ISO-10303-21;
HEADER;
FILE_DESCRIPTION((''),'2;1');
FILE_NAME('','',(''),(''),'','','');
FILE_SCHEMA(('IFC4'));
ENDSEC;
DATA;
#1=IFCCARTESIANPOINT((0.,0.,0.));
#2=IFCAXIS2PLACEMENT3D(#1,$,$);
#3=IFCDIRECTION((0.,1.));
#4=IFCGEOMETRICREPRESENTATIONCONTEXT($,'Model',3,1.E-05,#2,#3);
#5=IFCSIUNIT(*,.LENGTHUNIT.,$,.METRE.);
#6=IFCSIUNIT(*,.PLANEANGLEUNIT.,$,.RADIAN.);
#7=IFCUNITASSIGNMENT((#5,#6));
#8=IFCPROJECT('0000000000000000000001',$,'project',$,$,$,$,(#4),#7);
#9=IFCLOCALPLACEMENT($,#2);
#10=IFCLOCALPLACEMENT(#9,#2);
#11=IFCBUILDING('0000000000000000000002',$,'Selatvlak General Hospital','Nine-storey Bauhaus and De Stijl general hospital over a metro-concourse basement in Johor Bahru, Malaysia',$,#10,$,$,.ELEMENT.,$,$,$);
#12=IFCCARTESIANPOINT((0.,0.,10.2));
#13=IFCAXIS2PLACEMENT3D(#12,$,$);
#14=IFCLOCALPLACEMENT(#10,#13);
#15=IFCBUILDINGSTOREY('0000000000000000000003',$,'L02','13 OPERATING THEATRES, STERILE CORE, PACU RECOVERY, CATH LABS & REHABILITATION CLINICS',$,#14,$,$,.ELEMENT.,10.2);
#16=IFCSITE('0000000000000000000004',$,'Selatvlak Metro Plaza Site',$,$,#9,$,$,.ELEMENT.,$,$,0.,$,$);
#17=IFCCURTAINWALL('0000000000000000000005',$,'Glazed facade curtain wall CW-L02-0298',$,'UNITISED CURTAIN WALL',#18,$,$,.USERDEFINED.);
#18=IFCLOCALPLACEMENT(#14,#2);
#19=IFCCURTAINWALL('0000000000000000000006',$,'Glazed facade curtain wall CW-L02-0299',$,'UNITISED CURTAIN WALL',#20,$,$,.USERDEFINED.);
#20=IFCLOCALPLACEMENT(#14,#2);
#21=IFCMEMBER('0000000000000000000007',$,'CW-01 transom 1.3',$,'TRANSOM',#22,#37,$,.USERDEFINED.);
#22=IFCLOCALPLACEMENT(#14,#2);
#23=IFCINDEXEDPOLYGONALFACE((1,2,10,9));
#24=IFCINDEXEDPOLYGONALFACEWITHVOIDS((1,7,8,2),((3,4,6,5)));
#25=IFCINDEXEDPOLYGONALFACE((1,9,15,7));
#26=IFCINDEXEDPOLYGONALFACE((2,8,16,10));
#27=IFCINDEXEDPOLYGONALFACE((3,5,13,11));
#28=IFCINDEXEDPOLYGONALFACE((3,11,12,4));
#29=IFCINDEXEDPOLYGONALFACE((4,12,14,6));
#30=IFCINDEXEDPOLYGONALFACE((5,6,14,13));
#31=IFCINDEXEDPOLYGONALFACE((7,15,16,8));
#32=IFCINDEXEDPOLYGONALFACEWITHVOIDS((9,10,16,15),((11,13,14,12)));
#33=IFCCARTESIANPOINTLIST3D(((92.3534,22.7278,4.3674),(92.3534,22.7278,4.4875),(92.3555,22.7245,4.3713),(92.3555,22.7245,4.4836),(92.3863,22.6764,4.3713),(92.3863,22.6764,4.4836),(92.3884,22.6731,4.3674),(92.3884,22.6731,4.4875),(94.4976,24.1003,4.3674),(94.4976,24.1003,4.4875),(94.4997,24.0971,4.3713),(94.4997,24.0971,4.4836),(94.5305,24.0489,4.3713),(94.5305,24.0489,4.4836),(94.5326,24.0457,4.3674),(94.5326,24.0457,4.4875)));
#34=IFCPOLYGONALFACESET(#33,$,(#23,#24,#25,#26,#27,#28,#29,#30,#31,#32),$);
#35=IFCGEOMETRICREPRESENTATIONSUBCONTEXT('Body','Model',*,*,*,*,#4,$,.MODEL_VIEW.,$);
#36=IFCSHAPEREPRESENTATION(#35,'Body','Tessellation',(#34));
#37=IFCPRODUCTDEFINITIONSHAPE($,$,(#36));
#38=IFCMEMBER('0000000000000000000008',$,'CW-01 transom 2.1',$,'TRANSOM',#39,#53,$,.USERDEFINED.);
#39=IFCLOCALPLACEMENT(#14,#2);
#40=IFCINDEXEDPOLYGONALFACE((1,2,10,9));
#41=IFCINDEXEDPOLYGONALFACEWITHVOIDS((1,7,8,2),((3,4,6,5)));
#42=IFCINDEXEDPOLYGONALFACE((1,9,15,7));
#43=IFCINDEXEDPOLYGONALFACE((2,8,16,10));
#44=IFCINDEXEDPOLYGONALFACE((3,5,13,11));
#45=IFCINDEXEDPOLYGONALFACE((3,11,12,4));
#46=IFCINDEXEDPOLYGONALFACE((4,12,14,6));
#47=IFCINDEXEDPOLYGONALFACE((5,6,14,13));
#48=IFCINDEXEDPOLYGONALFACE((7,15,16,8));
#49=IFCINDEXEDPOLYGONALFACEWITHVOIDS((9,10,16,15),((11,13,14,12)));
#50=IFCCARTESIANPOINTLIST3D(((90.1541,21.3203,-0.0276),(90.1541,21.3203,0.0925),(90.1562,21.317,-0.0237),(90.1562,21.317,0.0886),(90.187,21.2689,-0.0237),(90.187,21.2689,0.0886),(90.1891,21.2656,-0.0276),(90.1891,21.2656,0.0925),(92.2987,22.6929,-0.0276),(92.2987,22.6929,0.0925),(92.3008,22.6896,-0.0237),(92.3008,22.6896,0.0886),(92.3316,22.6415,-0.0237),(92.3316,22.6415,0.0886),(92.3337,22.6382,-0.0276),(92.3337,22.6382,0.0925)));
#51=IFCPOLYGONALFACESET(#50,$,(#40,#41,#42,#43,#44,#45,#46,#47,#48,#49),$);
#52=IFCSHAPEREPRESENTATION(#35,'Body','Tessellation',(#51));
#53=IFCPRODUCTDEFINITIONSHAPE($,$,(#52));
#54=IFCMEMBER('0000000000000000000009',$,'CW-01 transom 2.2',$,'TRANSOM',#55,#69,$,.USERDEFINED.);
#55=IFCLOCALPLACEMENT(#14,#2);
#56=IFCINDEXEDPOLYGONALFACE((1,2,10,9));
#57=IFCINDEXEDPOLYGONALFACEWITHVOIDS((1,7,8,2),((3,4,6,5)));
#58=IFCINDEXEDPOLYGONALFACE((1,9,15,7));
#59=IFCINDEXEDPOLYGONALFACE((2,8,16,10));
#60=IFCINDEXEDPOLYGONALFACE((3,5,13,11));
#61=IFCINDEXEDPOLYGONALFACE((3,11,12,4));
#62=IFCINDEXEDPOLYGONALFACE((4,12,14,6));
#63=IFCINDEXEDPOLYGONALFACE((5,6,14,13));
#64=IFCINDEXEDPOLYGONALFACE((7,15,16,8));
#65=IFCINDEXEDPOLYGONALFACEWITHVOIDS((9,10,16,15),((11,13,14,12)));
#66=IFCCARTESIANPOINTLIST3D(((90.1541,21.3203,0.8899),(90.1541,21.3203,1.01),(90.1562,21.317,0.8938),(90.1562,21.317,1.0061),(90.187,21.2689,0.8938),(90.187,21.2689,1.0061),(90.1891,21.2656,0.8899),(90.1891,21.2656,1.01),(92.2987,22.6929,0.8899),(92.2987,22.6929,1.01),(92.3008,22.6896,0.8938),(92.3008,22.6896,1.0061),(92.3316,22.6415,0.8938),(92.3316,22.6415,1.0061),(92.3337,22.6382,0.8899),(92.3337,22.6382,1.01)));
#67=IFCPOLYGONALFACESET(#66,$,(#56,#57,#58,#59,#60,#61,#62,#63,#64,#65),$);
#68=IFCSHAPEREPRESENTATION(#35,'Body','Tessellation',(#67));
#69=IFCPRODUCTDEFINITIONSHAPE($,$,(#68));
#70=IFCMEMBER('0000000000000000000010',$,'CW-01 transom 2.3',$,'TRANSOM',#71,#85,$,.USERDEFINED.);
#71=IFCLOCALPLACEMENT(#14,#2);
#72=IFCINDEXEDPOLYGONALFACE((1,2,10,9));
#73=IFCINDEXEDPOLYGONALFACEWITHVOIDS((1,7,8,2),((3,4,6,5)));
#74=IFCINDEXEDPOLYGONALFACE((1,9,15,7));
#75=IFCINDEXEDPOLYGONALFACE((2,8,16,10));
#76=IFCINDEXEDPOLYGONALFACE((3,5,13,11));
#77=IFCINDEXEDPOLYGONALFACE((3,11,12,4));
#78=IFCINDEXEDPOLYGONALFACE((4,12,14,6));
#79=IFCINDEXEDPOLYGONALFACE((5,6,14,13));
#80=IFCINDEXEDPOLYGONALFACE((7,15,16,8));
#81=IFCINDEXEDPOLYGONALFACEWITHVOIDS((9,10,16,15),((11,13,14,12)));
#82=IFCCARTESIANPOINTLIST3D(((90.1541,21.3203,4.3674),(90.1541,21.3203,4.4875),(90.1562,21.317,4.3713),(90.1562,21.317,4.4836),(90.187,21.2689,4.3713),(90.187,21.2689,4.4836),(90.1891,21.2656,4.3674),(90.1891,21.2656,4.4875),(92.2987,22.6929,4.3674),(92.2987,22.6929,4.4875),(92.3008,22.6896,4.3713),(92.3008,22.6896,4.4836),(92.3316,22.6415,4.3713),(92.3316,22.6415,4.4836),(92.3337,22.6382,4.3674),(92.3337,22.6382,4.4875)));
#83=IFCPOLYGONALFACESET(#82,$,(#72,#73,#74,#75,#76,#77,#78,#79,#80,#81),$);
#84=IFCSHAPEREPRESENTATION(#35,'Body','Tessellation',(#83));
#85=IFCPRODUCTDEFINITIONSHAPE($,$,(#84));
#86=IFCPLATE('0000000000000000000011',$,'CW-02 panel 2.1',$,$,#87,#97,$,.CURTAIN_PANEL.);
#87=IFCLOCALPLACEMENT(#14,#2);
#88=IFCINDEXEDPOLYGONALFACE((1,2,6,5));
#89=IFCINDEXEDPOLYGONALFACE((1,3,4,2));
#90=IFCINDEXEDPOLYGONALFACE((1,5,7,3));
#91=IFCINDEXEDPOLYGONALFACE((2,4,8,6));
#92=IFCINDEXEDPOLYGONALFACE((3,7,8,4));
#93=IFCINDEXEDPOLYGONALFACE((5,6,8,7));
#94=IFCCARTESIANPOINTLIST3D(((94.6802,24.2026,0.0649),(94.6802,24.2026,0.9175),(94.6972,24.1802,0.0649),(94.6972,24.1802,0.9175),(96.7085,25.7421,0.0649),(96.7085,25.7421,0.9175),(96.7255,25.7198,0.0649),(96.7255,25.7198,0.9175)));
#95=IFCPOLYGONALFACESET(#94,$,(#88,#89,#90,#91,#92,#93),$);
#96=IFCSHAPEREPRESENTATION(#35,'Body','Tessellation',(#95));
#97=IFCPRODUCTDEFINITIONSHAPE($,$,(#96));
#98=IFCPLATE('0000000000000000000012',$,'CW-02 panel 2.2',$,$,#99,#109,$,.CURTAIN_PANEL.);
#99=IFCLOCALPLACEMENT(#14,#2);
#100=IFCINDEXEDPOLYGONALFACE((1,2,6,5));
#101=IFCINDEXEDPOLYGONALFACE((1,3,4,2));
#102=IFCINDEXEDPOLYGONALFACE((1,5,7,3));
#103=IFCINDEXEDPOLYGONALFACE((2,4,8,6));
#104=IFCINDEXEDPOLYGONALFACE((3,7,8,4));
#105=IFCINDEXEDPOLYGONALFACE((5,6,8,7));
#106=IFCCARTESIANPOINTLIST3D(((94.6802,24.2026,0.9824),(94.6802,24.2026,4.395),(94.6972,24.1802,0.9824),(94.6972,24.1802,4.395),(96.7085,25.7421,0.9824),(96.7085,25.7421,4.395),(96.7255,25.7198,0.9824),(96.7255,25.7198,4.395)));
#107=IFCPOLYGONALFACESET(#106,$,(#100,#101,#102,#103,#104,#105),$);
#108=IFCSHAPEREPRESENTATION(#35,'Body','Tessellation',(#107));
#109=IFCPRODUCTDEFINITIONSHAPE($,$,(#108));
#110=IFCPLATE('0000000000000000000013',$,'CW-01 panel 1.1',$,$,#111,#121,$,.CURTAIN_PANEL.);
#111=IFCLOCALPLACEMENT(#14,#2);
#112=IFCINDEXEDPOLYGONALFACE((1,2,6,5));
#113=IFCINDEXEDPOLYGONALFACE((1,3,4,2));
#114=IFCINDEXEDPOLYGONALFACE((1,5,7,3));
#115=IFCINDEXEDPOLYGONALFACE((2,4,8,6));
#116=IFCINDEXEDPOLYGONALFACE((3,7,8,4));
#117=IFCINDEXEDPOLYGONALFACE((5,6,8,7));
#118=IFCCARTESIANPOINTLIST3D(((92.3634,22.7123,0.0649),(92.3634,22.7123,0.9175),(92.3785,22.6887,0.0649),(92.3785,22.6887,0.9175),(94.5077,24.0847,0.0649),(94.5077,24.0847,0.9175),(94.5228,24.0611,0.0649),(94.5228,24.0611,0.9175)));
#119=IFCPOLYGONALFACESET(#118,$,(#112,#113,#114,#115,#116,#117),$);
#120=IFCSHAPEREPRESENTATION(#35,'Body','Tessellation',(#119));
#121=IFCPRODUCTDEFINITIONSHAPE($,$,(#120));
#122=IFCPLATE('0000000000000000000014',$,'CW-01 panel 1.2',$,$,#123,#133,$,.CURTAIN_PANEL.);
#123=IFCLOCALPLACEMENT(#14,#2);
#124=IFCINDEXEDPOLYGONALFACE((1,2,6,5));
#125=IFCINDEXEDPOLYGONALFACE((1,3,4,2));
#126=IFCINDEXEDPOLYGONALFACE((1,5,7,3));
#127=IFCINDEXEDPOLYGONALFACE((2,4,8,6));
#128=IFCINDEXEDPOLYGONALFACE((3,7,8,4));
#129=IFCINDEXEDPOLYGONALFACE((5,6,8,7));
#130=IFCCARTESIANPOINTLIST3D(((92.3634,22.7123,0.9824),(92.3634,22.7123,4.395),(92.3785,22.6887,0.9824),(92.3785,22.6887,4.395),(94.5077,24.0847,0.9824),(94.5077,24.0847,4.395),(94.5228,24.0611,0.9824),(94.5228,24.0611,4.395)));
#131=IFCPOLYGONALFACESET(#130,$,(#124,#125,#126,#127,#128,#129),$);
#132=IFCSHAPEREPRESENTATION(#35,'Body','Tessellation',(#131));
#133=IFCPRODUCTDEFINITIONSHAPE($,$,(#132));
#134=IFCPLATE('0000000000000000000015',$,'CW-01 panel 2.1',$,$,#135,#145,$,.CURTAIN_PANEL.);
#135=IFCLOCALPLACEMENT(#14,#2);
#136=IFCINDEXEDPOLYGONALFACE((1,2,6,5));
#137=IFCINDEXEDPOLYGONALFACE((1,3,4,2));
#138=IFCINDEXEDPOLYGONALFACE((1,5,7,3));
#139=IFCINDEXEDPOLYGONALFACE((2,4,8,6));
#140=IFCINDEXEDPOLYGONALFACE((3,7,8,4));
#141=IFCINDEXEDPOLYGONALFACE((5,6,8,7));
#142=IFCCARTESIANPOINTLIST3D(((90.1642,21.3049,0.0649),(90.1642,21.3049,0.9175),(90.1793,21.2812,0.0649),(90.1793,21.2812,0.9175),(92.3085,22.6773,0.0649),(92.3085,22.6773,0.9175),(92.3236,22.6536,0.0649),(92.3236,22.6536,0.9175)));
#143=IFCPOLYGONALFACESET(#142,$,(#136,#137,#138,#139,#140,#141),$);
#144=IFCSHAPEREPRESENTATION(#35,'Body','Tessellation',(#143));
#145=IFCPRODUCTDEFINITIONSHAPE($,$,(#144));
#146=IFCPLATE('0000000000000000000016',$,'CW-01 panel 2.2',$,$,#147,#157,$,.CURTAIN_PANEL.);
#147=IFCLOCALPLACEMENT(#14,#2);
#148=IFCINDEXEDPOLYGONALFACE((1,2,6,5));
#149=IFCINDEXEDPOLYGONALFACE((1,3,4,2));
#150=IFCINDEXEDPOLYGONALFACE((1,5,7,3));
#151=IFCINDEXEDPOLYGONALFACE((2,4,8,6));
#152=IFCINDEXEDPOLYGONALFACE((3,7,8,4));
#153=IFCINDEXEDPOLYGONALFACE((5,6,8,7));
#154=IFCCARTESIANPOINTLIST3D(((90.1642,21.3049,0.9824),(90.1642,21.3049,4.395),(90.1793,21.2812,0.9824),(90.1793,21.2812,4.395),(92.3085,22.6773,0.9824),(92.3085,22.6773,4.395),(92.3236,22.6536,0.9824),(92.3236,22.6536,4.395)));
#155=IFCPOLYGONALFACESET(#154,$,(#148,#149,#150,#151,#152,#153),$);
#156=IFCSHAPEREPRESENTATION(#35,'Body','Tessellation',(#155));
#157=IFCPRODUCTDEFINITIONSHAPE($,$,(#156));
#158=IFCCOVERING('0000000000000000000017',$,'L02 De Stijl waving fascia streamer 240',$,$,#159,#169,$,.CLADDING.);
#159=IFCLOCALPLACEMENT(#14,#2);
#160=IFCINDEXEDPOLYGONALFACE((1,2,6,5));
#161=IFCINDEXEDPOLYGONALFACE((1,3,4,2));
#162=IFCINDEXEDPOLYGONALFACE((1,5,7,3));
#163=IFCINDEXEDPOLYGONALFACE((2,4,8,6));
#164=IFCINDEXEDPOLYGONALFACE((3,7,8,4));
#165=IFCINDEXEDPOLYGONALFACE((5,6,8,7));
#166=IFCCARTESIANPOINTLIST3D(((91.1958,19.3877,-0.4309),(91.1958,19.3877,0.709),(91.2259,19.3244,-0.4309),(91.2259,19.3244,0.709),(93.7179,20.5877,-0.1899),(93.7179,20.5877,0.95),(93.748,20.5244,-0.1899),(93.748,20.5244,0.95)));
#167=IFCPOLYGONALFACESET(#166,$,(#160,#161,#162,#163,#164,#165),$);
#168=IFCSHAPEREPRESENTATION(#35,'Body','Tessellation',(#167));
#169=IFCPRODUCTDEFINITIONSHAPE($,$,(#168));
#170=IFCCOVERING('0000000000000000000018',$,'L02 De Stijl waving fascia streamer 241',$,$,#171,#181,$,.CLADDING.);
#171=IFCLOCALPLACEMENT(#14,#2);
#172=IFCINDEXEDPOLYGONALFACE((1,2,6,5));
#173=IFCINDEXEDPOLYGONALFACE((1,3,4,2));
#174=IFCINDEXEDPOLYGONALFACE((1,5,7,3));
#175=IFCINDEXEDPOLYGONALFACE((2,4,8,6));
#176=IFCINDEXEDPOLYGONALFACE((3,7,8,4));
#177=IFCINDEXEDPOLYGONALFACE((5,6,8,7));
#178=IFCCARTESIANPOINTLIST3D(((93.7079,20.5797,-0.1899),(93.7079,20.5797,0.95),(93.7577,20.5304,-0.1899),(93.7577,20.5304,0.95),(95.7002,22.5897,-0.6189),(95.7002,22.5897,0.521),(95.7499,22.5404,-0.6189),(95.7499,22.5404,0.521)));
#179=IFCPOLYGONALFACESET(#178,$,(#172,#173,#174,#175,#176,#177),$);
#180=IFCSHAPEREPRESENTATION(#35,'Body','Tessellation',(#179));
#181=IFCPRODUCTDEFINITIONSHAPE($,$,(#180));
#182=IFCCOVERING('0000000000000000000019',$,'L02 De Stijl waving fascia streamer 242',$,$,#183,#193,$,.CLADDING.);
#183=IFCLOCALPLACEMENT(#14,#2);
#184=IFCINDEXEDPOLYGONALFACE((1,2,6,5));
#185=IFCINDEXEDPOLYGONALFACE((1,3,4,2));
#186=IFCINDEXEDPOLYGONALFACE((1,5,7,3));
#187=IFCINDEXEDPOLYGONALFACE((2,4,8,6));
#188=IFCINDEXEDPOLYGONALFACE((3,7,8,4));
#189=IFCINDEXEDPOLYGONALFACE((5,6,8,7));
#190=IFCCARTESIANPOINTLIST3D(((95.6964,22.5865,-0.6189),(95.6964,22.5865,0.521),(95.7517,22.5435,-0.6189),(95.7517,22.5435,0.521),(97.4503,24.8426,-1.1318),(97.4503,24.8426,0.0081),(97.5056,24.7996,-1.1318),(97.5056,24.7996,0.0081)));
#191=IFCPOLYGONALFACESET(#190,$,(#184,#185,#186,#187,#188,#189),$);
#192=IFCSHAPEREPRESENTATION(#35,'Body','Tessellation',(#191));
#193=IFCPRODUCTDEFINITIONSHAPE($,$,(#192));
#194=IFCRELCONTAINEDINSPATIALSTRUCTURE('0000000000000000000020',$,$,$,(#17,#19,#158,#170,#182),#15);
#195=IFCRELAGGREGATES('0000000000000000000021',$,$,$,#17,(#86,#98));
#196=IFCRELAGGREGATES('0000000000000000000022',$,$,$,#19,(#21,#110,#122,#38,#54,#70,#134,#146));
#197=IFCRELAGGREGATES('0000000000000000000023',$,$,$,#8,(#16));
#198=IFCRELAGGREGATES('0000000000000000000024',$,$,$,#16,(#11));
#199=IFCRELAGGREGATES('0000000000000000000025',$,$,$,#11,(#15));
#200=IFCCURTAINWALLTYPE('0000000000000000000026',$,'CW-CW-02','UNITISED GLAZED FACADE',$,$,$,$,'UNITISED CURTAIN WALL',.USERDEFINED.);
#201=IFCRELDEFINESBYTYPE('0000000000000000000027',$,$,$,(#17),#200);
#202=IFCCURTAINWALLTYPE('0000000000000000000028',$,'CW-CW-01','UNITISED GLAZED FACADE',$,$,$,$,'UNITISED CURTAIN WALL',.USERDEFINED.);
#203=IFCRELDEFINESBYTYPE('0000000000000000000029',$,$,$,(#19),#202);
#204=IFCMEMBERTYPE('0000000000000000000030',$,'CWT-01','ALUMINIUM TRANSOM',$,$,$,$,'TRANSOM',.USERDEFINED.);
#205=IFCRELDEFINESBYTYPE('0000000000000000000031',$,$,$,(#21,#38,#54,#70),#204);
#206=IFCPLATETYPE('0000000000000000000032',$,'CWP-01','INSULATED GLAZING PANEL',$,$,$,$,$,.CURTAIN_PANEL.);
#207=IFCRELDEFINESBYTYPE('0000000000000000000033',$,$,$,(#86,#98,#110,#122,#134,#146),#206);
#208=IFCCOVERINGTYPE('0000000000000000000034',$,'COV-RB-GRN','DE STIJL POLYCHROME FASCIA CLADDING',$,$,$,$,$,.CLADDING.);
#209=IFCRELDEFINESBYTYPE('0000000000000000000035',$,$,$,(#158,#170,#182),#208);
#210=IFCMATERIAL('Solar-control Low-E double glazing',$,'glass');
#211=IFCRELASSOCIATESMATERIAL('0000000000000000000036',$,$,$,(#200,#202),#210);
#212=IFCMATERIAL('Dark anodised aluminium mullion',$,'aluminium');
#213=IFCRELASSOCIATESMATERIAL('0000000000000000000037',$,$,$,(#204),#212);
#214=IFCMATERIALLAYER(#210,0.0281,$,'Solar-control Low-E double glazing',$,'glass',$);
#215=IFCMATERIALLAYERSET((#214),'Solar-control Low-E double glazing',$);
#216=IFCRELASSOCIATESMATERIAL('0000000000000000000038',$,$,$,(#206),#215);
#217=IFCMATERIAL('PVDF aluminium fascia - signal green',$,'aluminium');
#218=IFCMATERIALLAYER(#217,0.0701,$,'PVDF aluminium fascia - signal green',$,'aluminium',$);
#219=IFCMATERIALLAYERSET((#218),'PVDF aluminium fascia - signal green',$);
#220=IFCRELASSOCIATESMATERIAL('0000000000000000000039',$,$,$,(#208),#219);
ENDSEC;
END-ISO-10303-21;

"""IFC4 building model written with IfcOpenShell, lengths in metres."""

from ifc_helpers import new_model, si_unit, direction, frame, origin, origin_2d, place, context, subcontext, project, spatial, polyline, rectangle, hollow_rectangle, outline, extrude, material, layer, layer_set, material_profile, profile_set, type_object, element, aggregate, save


model = new_model("IFC4")

# Units and contexts
model_context = context("Model", 3, precision=1e-05, world=origin(), true_north=direction((0.0, 1.0)))
body_context = subcontext(model_context, "Body", "Model", "MODEL_VIEW")
ifc_project = project(units=[si_unit("LENGTHUNIT", "METRE"), si_unit("PLANEANGLEUNIT", "RADIAN")], contexts=[model_context])

# Site, building, storey
site_placement = place(None, origin())
site = spatial("IfcSite", under=ifc_project, at=site_placement, Name="Selatvlak Metro Plaza Site", CompositionType="ELEMENT", RefElevation=0.0)
building_placement = place(site_placement, origin())
building = spatial("IfcBuilding", under=site, at=building_placement, Name="Selatvlak General Hospital", Description="Nine-storey Bauhaus and De Stijl general hospital over a metro-concourse basement in Johor Bahru, Malaysia", CompositionType="ELEMENT")
storey_placement = place(building_placement, frame((0.0, 0.0, 10.2)))
storey = spatial("IfcBuildingStorey", under=building, at=storey_placement, Name="L02", Description="13 OPERATING THEATRES, STERILE CORE, PACU RECOVERY, CATH LABS & REHABILITATION CLINICS", CompositionType="ELEMENT", Elevation=10.2)

# Curtain wall
ifc_material_1 = material(Name="Solar-control Low-E double glazing", Category="glass")
curtain_wall_type_1 = type_object("IfcCurtainWallType", Name="CW-CW-02", Description="UNITISED GLAZED FACADE", ElementType="UNITISED CURTAIN WALL", PredefinedType="USERDEFINED", material=ifc_material_1)
curtain_wall_1_placement = place(storey_placement, origin())
curtain_wall_1 = element("IfcCurtainWall", 1, at=curtain_wall_1_placement, inside=storey, type_object=curtain_wall_type_1, Name="Glazed facade curtain wall CW-L02-0298", ObjectType="UNITISED CURTAIN WALL", PredefinedType="USERDEFINED")
ifc_material_2 = material(Name="Dark anodised aluminium mullion", Category="aluminium")

# Curtain wall
curtain_wall_type_2 = type_object("IfcCurtainWallType", Name="CW-CW-01", Description="UNITISED GLAZED FACADE", ElementType="UNITISED CURTAIN WALL", PredefinedType="USERDEFINED", material=ifc_material_1)
curtain_wall_2_placement = place(storey_placement, origin())
curtain_wall_2 = element("IfcCurtainWall", 2, at=curtain_wall_2_placement, inside=storey, type_object=curtain_wall_type_2, Name="Glazed facade curtain wall CW-L02-0299", ObjectType="UNITISED CURTAIN WALL", PredefinedType="USERDEFINED")

# Members
ifc_material_profile_1 = material_profile(ifc_material_2, hollow_rectangle(XDim=0.0649, YDim=0.1201, WallThickness=0.0039, at=origin_2d()), Name="AL-TRN 65x120x4")
ifc_profile_set_1 = profile_set([ifc_material_profile_1], Name="Dark anodised aluminium mullion")
member_type_1 = type_object("IfcMemberType", Name="CWT-01", Description="ALUMINIUM TRANSOM", ElementType="TRANSOM", PredefinedType="USERDEFINED", material=ifc_profile_set_1)
member_1_placement = place(storey_placement, frame((94.5151, 24.073, 4.4275), z_axis=(-0.842233, -0.539114, 0.0), x_axis=(0.539114, -0.842233, 0.0)))
member_1 = element("IfcMember", 3, at=member_1_placement, type_object=member_type_1, Name="CW-01 transom 1.3", ObjectType="TRANSOM", PredefinedType="USERDEFINED", context=body_context, shape_type="SweptSolid", body=[
    extrude(hollow_rectangle(XDim=0.0649, YDim=0.1201, WallThickness=0.0039, at=origin_2d()), origin(), (0.0, 0.0, 1.0), 2.5459),
])
member_2_placement = place(storey_placement, frame((92.3162, 22.6655, 0.0325), z_axis=(-0.842261, -0.53907, 0.0), x_axis=(0.53907, -0.842261, 0.0)))
member_2 = element("IfcMember", 4, at=member_2_placement, type_object=member_type_1, Name="CW-01 transom 2.1", ObjectType="TRANSOM", PredefinedType="USERDEFINED", context=body_context, shape_type="SweptSolid", body=[
    extrude(hollow_rectangle(XDim=0.0649, YDim=0.1201, WallThickness=0.0039, at=origin_2d()), origin(), (0.0, 0.0, 1.0), 2.5461),
])
member_3_placement = place(storey_placement, frame((92.3162, 22.6655, 0.95), z_axis=(-0.842261, -0.53907, 0.0), x_axis=(0.53907, -0.842261, 0.0)))
member_3 = element("IfcMember", 5, at=member_3_placement, type_object=member_type_1, Name="CW-01 transom 2.2", ObjectType="TRANSOM", PredefinedType="USERDEFINED", context=body_context, shape_type="SweptSolid", body=[
    extrude(hollow_rectangle(XDim=0.0649, YDim=0.1201, WallThickness=0.0039, at=origin_2d()), origin(), (0.0, 0.0, 1.0), 2.5461),
])
member_4_placement = place(storey_placement, frame((92.3162, 22.6655, 4.4275), z_axis=(-0.842261, -0.53907, 0.0), x_axis=(0.53907, -0.842261, 0.0)))
member_4 = element("IfcMember", 6, at=member_4_placement, type_object=member_type_1, Name="CW-01 transom 2.3", ObjectType="TRANSOM", PredefinedType="USERDEFINED", context=body_context, shape_type="SweptSolid", body=[
    extrude(hollow_rectangle(XDim=0.0649, YDim=0.1201, WallThickness=0.0039, at=origin_2d()), origin(), (0.0, 0.0, 1.0), 2.5461),
])

# Plates
ifc_layer_1 = layer(ifc_material_1, 0.0281, Name="Solar-control Low-E double glazing", Category="glass")
ifc_layer_set_1 = layer_set([ifc_layer_1], Name="Solar-control Low-E double glazing")
plate_type = type_object("IfcPlateType", Name="CWP-01", Description="INSULATED GLAZING PANEL", PredefinedType="CURTAIN_PANEL", material=ifc_layer_set_1)
plate_1_placement = place(storey_placement, frame((95.7029, 24.9612, 0.0649), z_axis=(0.0, 0.0, 1.0), x_axis=(-0.796537, -0.604589, 0.0)))
plate_1 = element("IfcPlate", 7, at=plate_1_placement, type_object=plate_type, Name="CW-02 panel 2.1", PredefinedType="CURTAIN_PANEL", context=body_context, shape_type="SweptSolid", body=[
    extrude(rectangle(XDim=2.5464, YDim=0.0281, at=origin_2d()), origin(), (0.0, 0.0, 1.0), 0.8525),
])
plate_2_placement = place(storey_placement, frame((95.7029, 24.9612, 0.9824), z_axis=(0.0, 0.0, 1.0), x_axis=(-0.796537, -0.604589, 0.0)))
plate_2 = element("IfcPlate", 8, at=plate_2_placement, type_object=plate_type, Name="CW-02 panel 2.2", PredefinedType="CURTAIN_PANEL", context=body_context, shape_type="SweptSolid", body=[
    extrude(rectangle(XDim=2.5464, YDim=0.0281, at=origin_2d()), origin(), (0.0, 0.0, 1.0), 3.4126),
])
aggregate(curtain_wall_1, [plate_1, plate_2])
plate_3_placement = place(storey_placement, frame((93.4431, 23.3867, 0.0649), z_axis=(0.0, 0.0, 1.0), x_axis=(-0.842265, -0.539064, 0.0)))
plate_3 = element("IfcPlate", 9, at=plate_3_placement, type_object=plate_type, Name="CW-01 panel 1.1", PredefinedType="CURTAIN_PANEL", context=body_context, shape_type="SweptSolid", body=[
    extrude(rectangle(XDim=2.5459, YDim=0.0281, at=origin_2d()), origin(), (0.0, 0.0, 1.0), 0.8525),
])
plate_4_placement = place(storey_placement, frame((93.4431, 23.3867, 0.9824), z_axis=(0.0, 0.0, 1.0), x_axis=(-0.842265, -0.539064, 0.0)))
plate_4 = element("IfcPlate", 10, at=plate_4_placement, type_object=plate_type, Name="CW-01 panel 1.2", PredefinedType="CURTAIN_PANEL", context=body_context, shape_type="SweptSolid", body=[
    extrude(rectangle(XDim=2.5459, YDim=0.0281, at=origin_2d()), origin(), (0.0, 0.0, 1.0), 3.4126),
])
plate_5_placement = place(storey_placement, frame((91.2439, 21.9792, 0.0649), z_axis=(0.0, 0.0, 1.0), x_axis=(-0.842265, -0.539064, 0.0)))
plate_5 = element("IfcPlate", 11, at=plate_5_placement, type_object=plate_type, Name="CW-01 panel 2.1", PredefinedType="CURTAIN_PANEL", context=body_context, shape_type="SweptSolid", body=[
    extrude(rectangle(XDim=2.5459, YDim=0.0281, at=origin_2d()), origin(), (0.0, 0.0, 1.0), 0.8525),
])
plate_6_placement = place(storey_placement, frame((91.2439, 21.9792, 0.9824), z_axis=(0.0, 0.0, 1.0), x_axis=(-0.842265, -0.539064, 0.0)))
plate_6 = element("IfcPlate", 12, at=plate_6_placement, type_object=plate_type, Name="CW-01 panel 2.2", PredefinedType="CURTAIN_PANEL", context=body_context, shape_type="SweptSolid", body=[
    extrude(rectangle(XDim=2.5459, YDim=0.0281, at=origin_2d()), origin(), (0.0, 0.0, 1.0), 3.4126),
])
aggregate(curtain_wall_2, [member_1, plate_3, plate_4, member_2, member_3, member_4, plate_5, plate_6])

# Coverings
ifc_material_3 = material(Name="PVDF aluminium fascia - signal green", Category="aluminium")
ifc_layer_2 = layer(ifc_material_3, 0.0701, Name="PVDF aluminium fascia - signal green", Category="aluminium")
ifc_layer_set_2 = layer_set([ifc_layer_2], Name="PVDF aluminium fascia - signal green")
covering_type = type_object("IfcCoveringType", Name="COV-RB-GRN", Description="DE STIJL POLYCHROME FASCIA CLADDING", PredefinedType="CLADDING", material=ifc_layer_set_2)
covering_1_placement = place(storey_placement, frame((91.2109, 19.356, -0.4309), z_axis=(0.0, 0.0, 1.0), x_axis=(0.902998, 0.429645, 0.0)))
element("IfcCovering", 13, at=covering_1_placement, inside=storey, type_object=covering_type, Name="L02 De Stijl waving fascia streamer 240", PredefinedType="CLADDING", context=body_context, shape_type="SweptSolid", body=[
    extrude(outline(polyline([(0.0, 0.0), (2.793, 0.241), (2.793, 1.3809), (0.0, 1.1399), (0.0, 0.0)])), frame((0.0, 0.0352, 0.0), z_axis=(0.0, -1.0, 0.0), x_axis=(1.0, 0.0, 0.0)), (0.0, 0.0, 1.0), 0.0701),
])
covering_2_placement = place(storey_placement, frame((93.7329, 20.5549, -0.1899), z_axis=(0.0, 0.0, 1.0), x_axis=(0.703951, 0.710249, 0.0)))
element("IfcCovering", 14, at=covering_2_placement, inside=storey, type_object=covering_type, Name="L02 De Stijl waving fascia streamer 241", PredefinedType="CLADDING", context=body_context, shape_type="SweptSolid", body=[
    extrude(outline(polyline([(0.0, 0.0), (2.8301, -0.429), (2.8301, 0.7109), (0.0, 1.1399), (0.0, 0.0)])), frame((0.0, 0.0352, 0.0), z_axis=(0.0, -1.0, 0.0), x_axis=(1.0, 0.0, 0.0)), (0.0, 0.0, 1.0), 0.0701),
])
covering_3_placement = place(storey_placement, frame((95.7241, 22.5649, -0.6189), z_axis=(0.0, 0.0, 1.0), x_axis=(0.613757, 0.789495, 0.0)))
element("IfcCovering", 15, at=covering_3_placement, inside=storey, type_object=covering_type, Name="L02 De Stijl waving fascia streamer 242", PredefinedType="CLADDING", context=body_context, shape_type="SweptSolid", body=[
    extrude(outline(polyline([(0.0, 0.0), (2.8577, -0.5129), (2.8577, 0.627), (0.0, 1.1399), (0.0, 0.0)])), frame((0.0, 0.0352, 0.0), z_axis=(0.0, -1.0, 0.0), x_axis=(1.0, 0.0, 0.0)), (0.0, 0.0, 1.0), 0.0701),
])

save(model, "model.ifc")
